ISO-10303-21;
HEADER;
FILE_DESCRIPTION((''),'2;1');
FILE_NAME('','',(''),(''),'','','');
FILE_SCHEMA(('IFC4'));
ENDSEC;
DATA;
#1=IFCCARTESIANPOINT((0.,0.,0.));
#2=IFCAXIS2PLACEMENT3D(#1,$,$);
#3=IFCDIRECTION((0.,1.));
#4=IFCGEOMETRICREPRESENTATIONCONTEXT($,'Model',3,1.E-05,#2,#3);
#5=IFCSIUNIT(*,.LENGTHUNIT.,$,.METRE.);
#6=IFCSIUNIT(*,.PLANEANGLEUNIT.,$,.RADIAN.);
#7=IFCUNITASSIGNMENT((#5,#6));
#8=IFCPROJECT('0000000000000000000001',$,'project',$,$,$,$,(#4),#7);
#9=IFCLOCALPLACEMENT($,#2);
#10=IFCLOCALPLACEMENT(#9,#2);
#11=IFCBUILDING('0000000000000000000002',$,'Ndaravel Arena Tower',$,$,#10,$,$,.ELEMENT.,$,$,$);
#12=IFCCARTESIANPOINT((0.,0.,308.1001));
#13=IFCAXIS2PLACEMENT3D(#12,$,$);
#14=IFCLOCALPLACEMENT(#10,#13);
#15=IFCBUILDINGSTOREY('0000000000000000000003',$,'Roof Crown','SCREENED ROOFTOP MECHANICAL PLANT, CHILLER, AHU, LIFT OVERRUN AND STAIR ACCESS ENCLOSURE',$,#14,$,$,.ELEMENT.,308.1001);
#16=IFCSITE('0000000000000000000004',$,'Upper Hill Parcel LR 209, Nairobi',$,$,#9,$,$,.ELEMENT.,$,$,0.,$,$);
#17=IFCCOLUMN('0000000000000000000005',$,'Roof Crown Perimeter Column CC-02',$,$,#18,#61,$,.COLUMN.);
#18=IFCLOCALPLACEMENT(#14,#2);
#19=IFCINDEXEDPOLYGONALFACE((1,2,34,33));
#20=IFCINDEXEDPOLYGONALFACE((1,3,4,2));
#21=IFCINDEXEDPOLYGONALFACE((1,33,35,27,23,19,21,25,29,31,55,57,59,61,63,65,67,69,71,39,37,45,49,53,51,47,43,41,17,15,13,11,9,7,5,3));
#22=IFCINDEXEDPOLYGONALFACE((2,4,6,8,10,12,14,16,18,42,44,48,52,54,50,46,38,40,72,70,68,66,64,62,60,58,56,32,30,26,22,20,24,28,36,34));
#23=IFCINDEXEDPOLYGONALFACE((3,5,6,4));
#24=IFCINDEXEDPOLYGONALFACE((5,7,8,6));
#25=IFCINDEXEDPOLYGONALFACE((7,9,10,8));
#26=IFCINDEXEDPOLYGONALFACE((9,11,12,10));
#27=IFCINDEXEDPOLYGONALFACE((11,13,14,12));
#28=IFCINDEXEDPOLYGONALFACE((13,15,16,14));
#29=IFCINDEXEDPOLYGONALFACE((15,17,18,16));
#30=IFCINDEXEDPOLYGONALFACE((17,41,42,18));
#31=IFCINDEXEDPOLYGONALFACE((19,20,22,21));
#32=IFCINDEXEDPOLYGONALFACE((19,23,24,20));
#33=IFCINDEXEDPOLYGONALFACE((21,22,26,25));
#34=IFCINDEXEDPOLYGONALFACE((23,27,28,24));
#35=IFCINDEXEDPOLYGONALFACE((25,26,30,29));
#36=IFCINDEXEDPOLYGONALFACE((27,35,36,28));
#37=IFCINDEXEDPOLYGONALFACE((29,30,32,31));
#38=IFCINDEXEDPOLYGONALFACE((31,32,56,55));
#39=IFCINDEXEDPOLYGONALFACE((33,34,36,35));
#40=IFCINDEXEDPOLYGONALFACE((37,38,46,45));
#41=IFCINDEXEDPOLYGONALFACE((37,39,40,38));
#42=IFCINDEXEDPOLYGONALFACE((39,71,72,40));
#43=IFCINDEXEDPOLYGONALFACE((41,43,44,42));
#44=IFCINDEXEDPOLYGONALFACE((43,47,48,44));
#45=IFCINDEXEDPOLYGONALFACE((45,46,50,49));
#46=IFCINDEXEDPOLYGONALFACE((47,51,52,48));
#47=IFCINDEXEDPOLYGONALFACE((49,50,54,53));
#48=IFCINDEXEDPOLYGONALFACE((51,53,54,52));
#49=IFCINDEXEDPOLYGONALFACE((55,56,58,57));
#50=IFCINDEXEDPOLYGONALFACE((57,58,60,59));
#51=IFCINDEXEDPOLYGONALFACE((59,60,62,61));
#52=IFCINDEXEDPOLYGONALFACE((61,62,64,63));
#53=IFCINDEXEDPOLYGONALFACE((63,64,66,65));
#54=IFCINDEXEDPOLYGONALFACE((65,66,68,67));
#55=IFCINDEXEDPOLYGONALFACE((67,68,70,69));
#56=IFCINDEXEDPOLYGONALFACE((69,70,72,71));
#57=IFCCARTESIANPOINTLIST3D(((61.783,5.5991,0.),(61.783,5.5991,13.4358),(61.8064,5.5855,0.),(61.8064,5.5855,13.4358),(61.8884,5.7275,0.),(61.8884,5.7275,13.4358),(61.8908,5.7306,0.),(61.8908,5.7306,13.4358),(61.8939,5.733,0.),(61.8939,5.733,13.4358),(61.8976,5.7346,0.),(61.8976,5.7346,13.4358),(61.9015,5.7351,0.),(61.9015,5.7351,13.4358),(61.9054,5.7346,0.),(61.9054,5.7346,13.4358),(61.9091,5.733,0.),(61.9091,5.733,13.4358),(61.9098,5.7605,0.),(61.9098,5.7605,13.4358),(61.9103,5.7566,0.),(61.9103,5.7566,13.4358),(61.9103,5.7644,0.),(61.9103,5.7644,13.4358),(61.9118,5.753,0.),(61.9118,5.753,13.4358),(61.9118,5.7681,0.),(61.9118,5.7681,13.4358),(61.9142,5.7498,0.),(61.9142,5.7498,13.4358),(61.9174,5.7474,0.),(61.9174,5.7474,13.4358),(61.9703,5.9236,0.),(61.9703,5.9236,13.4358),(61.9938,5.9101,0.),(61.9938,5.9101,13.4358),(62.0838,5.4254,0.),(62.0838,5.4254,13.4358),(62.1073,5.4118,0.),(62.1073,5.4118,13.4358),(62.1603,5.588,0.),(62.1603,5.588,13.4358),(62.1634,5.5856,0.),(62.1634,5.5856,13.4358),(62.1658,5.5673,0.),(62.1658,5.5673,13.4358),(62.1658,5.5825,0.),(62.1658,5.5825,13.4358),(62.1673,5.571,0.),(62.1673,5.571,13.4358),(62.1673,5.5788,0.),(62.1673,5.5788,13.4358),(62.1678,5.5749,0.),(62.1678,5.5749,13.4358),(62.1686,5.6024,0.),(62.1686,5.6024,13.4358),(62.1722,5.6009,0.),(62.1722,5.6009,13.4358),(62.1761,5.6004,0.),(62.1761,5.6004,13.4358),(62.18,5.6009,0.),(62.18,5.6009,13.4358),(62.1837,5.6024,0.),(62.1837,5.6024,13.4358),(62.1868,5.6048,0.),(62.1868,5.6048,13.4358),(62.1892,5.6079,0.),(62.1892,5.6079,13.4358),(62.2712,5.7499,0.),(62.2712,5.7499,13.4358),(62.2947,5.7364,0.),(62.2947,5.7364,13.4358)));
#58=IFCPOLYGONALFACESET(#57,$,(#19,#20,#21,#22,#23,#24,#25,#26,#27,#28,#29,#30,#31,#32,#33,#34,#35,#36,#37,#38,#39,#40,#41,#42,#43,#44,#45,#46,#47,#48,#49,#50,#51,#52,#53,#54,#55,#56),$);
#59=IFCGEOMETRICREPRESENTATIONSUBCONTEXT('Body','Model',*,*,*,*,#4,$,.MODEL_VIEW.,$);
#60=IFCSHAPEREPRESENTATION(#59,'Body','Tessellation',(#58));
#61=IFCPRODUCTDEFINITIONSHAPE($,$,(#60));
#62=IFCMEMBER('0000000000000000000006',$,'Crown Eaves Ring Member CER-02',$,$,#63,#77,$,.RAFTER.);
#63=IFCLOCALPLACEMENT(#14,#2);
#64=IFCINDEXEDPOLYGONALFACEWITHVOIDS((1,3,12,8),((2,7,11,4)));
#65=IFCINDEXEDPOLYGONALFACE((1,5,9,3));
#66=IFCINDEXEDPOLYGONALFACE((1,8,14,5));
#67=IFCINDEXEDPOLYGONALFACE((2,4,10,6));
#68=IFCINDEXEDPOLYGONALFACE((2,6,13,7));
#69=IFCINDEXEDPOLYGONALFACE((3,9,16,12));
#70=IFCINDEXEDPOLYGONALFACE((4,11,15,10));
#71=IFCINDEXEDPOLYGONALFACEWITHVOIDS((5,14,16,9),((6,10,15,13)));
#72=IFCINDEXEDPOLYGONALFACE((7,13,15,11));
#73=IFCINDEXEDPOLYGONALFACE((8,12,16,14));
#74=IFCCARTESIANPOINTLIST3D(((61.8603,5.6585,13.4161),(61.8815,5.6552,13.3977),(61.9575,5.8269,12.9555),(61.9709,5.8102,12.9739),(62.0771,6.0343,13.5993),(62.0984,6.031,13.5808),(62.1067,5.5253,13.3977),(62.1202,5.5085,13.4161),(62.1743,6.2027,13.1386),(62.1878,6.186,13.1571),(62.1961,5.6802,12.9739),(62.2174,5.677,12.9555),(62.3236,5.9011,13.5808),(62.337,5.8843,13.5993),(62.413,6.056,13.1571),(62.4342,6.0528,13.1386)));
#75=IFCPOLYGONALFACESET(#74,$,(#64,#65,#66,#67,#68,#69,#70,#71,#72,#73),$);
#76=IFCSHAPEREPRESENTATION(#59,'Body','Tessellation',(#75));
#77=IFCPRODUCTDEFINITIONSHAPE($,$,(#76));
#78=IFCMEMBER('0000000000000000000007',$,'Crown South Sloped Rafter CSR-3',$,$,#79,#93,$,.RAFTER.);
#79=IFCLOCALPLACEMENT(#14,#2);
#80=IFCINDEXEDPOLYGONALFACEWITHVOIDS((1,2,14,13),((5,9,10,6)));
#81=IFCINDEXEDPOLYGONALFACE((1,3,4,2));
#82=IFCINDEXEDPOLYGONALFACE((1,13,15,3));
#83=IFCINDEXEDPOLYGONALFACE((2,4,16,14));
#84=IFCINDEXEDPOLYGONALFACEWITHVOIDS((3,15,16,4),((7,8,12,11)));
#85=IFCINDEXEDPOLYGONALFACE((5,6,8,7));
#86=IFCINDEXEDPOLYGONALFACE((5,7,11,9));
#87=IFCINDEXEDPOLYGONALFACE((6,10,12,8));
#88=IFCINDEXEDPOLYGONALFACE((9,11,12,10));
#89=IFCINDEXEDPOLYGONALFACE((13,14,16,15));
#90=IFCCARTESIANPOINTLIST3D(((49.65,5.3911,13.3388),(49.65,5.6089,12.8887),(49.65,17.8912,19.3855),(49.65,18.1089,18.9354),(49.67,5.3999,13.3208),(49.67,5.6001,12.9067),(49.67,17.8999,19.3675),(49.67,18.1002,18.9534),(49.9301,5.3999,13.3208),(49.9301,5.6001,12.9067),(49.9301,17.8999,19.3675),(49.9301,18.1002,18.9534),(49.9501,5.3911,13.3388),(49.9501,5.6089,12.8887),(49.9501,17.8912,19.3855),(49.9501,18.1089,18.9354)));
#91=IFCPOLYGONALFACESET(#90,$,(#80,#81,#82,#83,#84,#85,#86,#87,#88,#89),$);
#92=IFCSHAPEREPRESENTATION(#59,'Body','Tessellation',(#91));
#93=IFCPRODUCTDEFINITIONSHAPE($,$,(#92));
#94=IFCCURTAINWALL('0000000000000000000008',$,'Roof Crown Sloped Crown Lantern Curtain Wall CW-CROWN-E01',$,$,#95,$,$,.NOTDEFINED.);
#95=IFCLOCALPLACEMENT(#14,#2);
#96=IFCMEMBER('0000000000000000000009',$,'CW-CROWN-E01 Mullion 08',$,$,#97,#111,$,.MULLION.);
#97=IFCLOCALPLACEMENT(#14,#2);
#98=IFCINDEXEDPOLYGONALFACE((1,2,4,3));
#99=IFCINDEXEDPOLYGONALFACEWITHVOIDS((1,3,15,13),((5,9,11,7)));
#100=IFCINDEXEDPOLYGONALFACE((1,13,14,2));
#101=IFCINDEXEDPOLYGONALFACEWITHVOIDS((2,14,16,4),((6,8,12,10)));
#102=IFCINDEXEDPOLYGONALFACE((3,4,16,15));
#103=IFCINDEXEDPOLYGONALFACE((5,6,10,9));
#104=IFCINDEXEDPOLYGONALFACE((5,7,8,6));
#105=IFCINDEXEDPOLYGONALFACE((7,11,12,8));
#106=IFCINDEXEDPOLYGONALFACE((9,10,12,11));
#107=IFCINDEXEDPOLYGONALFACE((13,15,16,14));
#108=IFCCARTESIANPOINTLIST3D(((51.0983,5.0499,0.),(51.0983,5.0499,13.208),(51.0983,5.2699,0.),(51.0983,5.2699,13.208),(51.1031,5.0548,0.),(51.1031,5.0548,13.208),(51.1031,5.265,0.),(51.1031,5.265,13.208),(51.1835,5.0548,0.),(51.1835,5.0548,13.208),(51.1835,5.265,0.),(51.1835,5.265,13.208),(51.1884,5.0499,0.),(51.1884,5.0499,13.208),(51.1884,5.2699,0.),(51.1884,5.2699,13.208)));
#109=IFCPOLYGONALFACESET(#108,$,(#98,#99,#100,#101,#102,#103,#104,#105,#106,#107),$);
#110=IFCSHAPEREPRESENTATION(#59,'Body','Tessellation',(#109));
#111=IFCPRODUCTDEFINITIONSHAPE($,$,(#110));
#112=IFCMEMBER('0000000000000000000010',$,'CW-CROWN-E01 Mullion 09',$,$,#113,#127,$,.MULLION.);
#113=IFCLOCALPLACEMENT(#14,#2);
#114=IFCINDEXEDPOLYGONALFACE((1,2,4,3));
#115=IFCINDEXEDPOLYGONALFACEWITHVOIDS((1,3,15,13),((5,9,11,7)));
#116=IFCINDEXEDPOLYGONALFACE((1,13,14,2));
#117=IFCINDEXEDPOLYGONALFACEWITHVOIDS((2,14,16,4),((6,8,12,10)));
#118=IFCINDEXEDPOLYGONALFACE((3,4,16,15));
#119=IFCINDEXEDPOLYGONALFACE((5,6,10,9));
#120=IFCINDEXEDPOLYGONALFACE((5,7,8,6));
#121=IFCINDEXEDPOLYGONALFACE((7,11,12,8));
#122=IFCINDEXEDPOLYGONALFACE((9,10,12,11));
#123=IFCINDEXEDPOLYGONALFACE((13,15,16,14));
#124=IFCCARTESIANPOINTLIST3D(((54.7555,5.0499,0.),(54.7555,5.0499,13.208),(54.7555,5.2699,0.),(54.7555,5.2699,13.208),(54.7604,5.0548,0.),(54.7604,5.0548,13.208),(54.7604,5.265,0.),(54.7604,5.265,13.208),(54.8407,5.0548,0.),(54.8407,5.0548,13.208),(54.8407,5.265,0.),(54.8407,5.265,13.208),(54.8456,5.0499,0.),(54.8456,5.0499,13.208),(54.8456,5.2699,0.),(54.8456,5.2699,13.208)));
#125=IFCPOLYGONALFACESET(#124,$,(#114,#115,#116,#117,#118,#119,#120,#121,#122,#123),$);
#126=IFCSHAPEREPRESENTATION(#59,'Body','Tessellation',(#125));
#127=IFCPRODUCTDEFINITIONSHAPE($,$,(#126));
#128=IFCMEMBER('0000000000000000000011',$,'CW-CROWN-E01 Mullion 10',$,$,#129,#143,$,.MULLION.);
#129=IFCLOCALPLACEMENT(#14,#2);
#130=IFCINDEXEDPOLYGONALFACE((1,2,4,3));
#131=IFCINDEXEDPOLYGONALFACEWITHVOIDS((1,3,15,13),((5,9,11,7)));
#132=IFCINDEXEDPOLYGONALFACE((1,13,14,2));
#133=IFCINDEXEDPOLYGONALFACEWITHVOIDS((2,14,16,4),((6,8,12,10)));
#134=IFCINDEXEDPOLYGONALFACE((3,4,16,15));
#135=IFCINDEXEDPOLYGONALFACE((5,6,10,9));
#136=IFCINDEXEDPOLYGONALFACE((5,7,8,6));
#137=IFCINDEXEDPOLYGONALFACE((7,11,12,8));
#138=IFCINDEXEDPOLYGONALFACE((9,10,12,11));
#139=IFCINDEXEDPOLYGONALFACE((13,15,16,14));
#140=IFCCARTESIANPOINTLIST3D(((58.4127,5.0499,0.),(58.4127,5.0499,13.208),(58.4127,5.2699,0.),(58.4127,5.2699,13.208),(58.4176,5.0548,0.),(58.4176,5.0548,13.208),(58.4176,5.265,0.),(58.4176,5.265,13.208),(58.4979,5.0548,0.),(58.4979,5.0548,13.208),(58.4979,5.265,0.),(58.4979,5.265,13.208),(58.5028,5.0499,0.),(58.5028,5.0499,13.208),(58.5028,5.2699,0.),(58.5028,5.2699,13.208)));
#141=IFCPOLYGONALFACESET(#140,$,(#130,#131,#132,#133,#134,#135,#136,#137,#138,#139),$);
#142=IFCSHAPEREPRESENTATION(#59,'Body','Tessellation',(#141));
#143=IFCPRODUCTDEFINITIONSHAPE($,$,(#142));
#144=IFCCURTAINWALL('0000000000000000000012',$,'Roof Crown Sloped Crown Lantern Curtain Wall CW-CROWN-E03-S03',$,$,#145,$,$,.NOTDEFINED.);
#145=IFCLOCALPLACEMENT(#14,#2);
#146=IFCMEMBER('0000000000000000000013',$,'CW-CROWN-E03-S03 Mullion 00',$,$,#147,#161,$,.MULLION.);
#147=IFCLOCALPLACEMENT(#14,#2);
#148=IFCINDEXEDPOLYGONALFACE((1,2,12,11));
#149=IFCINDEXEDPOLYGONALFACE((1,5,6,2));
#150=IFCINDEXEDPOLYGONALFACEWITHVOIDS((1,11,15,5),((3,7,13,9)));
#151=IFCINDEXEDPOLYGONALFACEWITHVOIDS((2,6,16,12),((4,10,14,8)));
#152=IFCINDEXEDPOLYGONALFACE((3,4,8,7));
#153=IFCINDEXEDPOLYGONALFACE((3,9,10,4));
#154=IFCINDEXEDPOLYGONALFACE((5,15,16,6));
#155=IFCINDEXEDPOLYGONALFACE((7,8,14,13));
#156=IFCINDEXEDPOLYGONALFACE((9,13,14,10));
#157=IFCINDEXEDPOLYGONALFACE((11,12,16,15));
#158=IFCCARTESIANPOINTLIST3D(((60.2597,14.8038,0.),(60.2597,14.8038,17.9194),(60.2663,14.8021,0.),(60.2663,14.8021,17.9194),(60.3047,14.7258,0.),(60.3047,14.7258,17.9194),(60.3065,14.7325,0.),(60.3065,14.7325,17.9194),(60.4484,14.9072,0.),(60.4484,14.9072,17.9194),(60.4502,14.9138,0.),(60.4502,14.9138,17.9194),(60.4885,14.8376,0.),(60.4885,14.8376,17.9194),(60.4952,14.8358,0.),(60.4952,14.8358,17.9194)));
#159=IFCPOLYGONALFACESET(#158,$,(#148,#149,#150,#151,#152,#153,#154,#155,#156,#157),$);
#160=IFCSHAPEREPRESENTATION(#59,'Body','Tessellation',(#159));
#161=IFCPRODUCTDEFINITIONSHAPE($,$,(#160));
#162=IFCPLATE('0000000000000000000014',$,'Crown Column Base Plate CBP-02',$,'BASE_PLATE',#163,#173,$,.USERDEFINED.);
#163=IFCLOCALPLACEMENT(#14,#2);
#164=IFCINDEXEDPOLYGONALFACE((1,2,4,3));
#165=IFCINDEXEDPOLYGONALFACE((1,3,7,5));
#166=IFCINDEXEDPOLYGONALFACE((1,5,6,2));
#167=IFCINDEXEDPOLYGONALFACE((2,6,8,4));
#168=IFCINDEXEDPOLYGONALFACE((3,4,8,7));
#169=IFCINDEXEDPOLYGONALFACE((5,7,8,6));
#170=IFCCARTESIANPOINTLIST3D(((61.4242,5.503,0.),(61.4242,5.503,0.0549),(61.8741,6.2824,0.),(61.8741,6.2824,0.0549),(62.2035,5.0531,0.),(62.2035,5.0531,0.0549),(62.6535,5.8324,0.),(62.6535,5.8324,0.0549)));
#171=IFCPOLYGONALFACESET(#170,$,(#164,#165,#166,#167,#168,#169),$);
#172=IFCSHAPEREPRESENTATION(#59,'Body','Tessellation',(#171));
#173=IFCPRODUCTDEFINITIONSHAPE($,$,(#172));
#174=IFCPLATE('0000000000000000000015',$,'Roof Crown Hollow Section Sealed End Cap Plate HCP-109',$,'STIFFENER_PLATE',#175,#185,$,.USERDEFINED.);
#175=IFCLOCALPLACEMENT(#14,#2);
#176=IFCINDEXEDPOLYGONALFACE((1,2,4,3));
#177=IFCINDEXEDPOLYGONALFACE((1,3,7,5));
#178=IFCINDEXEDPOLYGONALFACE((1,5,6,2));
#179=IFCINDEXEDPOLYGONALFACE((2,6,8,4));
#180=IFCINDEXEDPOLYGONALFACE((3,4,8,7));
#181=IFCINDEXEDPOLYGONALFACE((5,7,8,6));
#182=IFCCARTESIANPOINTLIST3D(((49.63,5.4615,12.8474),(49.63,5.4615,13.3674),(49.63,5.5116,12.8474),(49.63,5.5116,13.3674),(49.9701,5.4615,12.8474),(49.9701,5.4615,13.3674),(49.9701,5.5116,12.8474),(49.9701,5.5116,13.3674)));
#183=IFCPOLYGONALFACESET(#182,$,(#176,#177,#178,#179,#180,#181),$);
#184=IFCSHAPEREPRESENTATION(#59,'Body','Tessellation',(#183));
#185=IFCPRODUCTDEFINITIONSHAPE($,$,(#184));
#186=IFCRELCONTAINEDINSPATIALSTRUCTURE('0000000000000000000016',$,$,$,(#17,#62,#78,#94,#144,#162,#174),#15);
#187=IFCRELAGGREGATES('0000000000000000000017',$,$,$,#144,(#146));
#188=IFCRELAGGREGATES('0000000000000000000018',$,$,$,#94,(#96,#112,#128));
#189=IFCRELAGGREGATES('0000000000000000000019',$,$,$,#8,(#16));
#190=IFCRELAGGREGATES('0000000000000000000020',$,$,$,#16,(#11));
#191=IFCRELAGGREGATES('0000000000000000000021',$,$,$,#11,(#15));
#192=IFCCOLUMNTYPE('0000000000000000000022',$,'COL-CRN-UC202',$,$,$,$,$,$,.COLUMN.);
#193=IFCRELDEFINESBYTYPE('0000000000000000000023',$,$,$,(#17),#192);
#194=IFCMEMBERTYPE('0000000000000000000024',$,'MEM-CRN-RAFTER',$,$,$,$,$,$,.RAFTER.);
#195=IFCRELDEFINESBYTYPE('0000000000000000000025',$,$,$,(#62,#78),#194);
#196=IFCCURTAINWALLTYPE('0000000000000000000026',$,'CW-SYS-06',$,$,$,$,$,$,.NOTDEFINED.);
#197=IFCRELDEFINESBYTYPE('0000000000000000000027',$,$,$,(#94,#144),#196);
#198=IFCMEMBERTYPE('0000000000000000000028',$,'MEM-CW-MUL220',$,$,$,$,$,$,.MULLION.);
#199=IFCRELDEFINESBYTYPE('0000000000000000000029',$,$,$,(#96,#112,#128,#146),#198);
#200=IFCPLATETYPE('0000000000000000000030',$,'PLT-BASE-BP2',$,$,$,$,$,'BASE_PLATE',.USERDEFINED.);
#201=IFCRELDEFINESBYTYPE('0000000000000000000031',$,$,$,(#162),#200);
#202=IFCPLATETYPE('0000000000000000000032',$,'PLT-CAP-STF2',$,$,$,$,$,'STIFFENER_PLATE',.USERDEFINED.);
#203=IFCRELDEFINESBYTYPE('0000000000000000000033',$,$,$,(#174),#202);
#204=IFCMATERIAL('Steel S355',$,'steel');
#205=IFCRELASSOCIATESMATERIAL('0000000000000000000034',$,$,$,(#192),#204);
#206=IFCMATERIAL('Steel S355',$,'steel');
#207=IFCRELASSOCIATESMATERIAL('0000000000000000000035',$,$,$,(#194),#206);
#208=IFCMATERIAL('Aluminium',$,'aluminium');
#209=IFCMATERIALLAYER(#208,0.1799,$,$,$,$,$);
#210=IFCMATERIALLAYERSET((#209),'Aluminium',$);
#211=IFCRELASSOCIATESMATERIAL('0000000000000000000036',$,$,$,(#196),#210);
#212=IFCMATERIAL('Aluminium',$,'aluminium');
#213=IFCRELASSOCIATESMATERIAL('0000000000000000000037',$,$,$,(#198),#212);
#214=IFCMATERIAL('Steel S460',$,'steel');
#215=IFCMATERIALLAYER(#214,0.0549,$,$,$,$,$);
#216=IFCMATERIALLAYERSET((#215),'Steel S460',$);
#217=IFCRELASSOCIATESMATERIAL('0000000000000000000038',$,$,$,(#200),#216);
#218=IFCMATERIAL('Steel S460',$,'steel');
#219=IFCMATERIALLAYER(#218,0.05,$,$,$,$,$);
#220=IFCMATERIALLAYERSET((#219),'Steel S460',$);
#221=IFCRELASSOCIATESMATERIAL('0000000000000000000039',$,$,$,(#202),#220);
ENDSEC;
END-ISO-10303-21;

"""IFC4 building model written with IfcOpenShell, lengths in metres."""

from ifc_helpers import new_model, si_unit, direction, frame, origin, origin_2d, place, context, subcontext, project, spatial, rectangle, hollow_rectangle, i_section, extrude, material, layer, layer_set, material_profile, profile_set, type_object, element, aggregate, save


model = new_model("IFC4")

# Units and contexts
model_context = context("Model", 3, precision=1e-05, world=origin(), true_north=direction((0.0, 1.0)))
body_context = subcontext(model_context, "Body", "Model", "MODEL_VIEW")
ifc_project = project(units=[si_unit("LENGTHUNIT", "METRE"), si_unit("PLANEANGLEUNIT", "RADIAN")], contexts=[model_context])

# Site, building, storey
site_placement = place(None, origin())
site = spatial("IfcSite", under=ifc_project, at=site_placement, Name="Upper Hill Parcel LR 209, Nairobi", CompositionType="ELEMENT", RefElevation=0.0)
building_placement = place(site_placement, origin())
building = spatial("IfcBuilding", under=site, at=building_placement, Name="Ndaravel Arena Tower", CompositionType="ELEMENT")
storey_placement = place(building_placement, frame((0.0, 0.0, 308.1001)))
storey = spatial("IfcBuildingStorey", under=building, at=storey_placement, Name="Roof Crown", Description="SCREENED ROOFTOP MECHANICAL PLANT, CHILLER, AHU, LIFT OVERRUN AND STAIR ACCESS ENCLOSURE", CompositionType="ELEMENT", Elevation=308.1001)

# Column
ifc_material_1 = material(Name="Steel S355", Category="steel")
ifc_material_profile_1 = material_profile(ifc_material_1, i_section(OverallWidth=0.3748, OverallDepth=0.3745, WebThickness=0.0166, FlangeThickness=0.0271, FilletRadius=0.0151, at=origin_2d()), Name="UC 356x368x202")
ifc_profile_set_1 = profile_set([ifc_material_profile_1], Name="Steel S355")
column_type = type_object("IfcColumnType", Name="COL-CRN-UC202", PredefinedType="COLUMN", material=ifc_profile_set_1)
column_placement = place(storey_placement, frame((62.0388, 5.6677, 0.0), z_axis=(0.0, 0.0, 1.0), x_axis=(0.5, 0.866025, 0.0)))
element("IfcColumn", 1, at=column_placement, inside=storey, type_object=column_type, Name="Roof Crown Perimeter Column CC-02", PredefinedType="COLUMN", context=body_context, shape_type="SweptSolid", body=[
    extrude(i_section(OverallWidth=0.3748, OverallDepth=0.3745, WebThickness=0.0166, FlangeThickness=0.0271, FilletRadius=0.0151, at=origin_2d()), origin(), (0.0, 0.0, 1.0), 13.4358),
])

# Members
ifc_material_2 = material(Name="Steel S355", Category="steel")
ifc_material_profile_2 = material_profile(ifc_material_2, hollow_rectangle(XDim=0.3, YDim=0.5, WallThickness=0.02, at=origin_2d()), Name="RHS 500x300x20")
ifc_profile_set_2 = profile_set([ifc_material_profile_2], Name="Steel S355")
member_type_1 = type_object("IfcMemberType", Name="MEM-CRN-RAFTER", PredefinedType="RAFTER", material=ifc_profile_set_2)
member_1_placement = place(storey_placement, frame((62.0388, 5.6677, 13.1858), z_axis=(0.460433, 0.797981, 0.38888), x_axis=(-0.866157, 0.499771, 0.0)))
element("IfcMember", 2, at=member_1_placement, inside=storey, type_object=member_type_1, Name="Crown Eaves Ring Member CER-02", PredefinedType="RAFTER", context=body_context, shape_type="SweptSolid", body=[
    extrude(hollow_rectangle(XDim=0.3, YDim=0.5, WallThickness=0.02, at=origin_2d()), origin(), (0.0, 0.0, 1.0), 0.4709),
])
member_2_placement = place(storey_placement, frame((49.8, 5.5, 13.1138), z_axis=(0.0, 0.900209, 0.435458), x_axis=(-1.0, 0.0, 0.0)))
element("IfcMember", 3, at=member_2_placement, inside=storey, type_object=member_type_1, Name="Crown South Sloped Rafter CSR-3", PredefinedType="RAFTER", context=body_context, shape_type="SweptSolid", body=[
    extrude(hollow_rectangle(XDim=0.3, YDim=0.5, WallThickness=0.02, at=origin_2d()), origin(), (0.0, 0.0, 1.0), 13.8857),
])

# Curtain wall, members
ifc_material_3 = material(Name="Aluminium", Category="aluminium")
ifc_layer_1 = layer(ifc_material_3, 0.1799)
ifc_layer_set_1 = layer_set([ifc_layer_1], Name="Aluminium")
curtain_wall_type = type_object("IfcCurtainWallType", Name="CW-SYS-06", PredefinedType="NOTDEFINED", material=ifc_layer_set_1)
curtain_wall_1_placement = place(storey_placement, origin())
curtain_wall_1 = element("IfcCurtainWall", 4, at=curtain_wall_1_placement, inside=storey, type_object=curtain_wall_type, Name="Roof Crown Sloped Crown Lantern Curtain Wall CW-CROWN-E01", PredefinedType="NOTDEFINED")
ifc_material_4 = material(Name="Aluminium", Category="aluminium")
ifc_material_profile_3 = material_profile(ifc_material_4, hollow_rectangle(XDim=0.0901, YDim=0.22, WallThickness=0.0049, at=origin_2d()), Name="CW MULLION 90x220x5")
ifc_profile_set_3 = profile_set([ifc_material_profile_3], Name="Aluminium")
member_type_2 = type_object("IfcMemberType", Name="MEM-CW-MUL220", PredefinedType="MULLION", material=ifc_profile_set_3)
member_3_placement = place(storey_placement, frame((51.1433, 5.1599, 0.0), z_axis=(0.0, 0.0, 1.0), x_axis=(1.0, 0.0, 0.0)))
member_3 = element("IfcMember", 5, at=member_3_placement, type_object=member_type_2, Name="CW-CROWN-E01 Mullion 08", PredefinedType="MULLION", context=body_context, shape_type="SweptSolid", body=[
    extrude(hollow_rectangle(XDim=0.0901, YDim=0.22, WallThickness=0.0049, at=origin_2d()), origin(), (0.0, 0.0, 1.0), 13.208),
])
member_4_placement = place(storey_placement, frame((54.8005, 5.1599, 0.0), z_axis=(0.0, 0.0, 1.0), x_axis=(1.0, 0.0, 0.0)))
member_4 = element("IfcMember", 6, at=member_4_placement, type_object=member_type_2, Name="CW-CROWN-E01 Mullion 09", PredefinedType="MULLION", context=body_context, shape_type="SweptSolid", body=[
    extrude(hollow_rectangle(XDim=0.0901, YDim=0.22, WallThickness=0.0049, at=origin_2d()), origin(), (0.0, 0.0, 1.0), 13.208),
])
member_5_placement = place(storey_placement, frame((58.4578, 5.1599, 0.0), z_axis=(0.0, 0.0, 1.0), x_axis=(1.0, 0.0, 0.0)))
member_5 = element("IfcMember", 7, at=member_5_placement, type_object=member_type_2, Name="CW-CROWN-E01 Mullion 10", PredefinedType="MULLION", context=body_context, shape_type="SweptSolid", body=[
    extrude(hollow_rectangle(XDim=0.0901, YDim=0.22, WallThickness=0.0049, at=origin_2d()), origin(), (0.0, 0.0, 1.0), 13.208),
])

# Curtain wall, member
curtain_wall_2_placement = place(storey_placement, origin())
curtain_wall_2 = element("IfcCurtainWall", 8, at=curtain_wall_2_placement, inside=storey, type_object=curtain_wall_type, Name="Roof Crown Sloped Crown Lantern Curtain Wall CW-CROWN-E03-S03", PredefinedType="NOTDEFINED")
member_6_placement = place(storey_placement, frame((60.3774, 14.8198, 0.0), z_axis=(0.0, 0.0, 1.0), x_axis=(-0.499985, 0.866034, 0.0)))
member_6 = element("IfcMember", 9, at=member_6_placement, type_object=member_type_2, Name="CW-CROWN-E03-S03 Mullion 00", PredefinedType="MULLION", context=body_context, shape_type="SweptSolid", body=[
    extrude(hollow_rectangle(XDim=0.0901, YDim=0.22, WallThickness=0.0049, at=origin_2d()), origin(), (0.0, 0.0, 1.0), 17.9194),
])
aggregate(curtain_wall_2, [member_6])

# Plates
ifc_material_5 = material(Name="Steel S460", Category="steel")
ifc_layer_2 = layer(ifc_material_5, 0.0549)
ifc_layer_set_2 = layer_set([ifc_layer_2], Name="Steel S460")
plate_type_1 = type_object("IfcPlateType", Name="PLT-BASE-BP2", ElementType="BASE_PLATE", PredefinedType="USERDEFINED", material=ifc_layer_set_2)
plate_1_placement = place(storey_placement, frame((62.0388, 5.6677, 0.0), z_axis=(0.0, 0.0, 1.0), x_axis=(0.5, 0.866025, 0.0)))
element("IfcPlate", 10, at=plate_1_placement, inside=storey, type_object=plate_type_1, Name="Crown Column Base Plate CBP-02", ObjectType="BASE_PLATE", PredefinedType="USERDEFINED", context=body_context, shape_type="SweptSolid", body=[
    extrude(rectangle(XDim=0.8999, YDim=0.8999, at=origin_2d()), origin(), (0.0, 0.0, 1.0), 0.0549),
])
ifc_material_6 = material(Name="Steel S460", Category="steel")
ifc_layer_3 = layer(ifc_material_6, 0.05)
ifc_layer_set_3 = layer_set([ifc_layer_3], Name="Steel S460")
plate_type_2 = type_object("IfcPlateType", Name="PLT-CAP-STF2", ElementType="STIFFENER_PLATE", PredefinedType="USERDEFINED", material=ifc_layer_set_3)
plate_2_placement = place(storey_placement, frame((49.8, 5.4866, 12.8474), z_axis=(0.0, 0.0, 1.0), x_axis=(0.0, 1.0, 0.0)))
element("IfcPlate", 11, at=plate_2_placement, inside=storey, type_object=plate_type_2, Name="Roof Crown Hollow Section Sealed End Cap Plate HCP-109", ObjectType="STIFFENER_PLATE", PredefinedType="USERDEFINED", context=body_context, shape_type="SweptSolid", body=[
    extrude(rectangle(XDim=0.05, YDim=0.3401, at=origin_2d()), origin(), (0.0, 0.0, 1.0), 0.52),
])

aggregate(curtain_wall_1, [member_3, member_4, member_5])

save(model, "model.ifc")
